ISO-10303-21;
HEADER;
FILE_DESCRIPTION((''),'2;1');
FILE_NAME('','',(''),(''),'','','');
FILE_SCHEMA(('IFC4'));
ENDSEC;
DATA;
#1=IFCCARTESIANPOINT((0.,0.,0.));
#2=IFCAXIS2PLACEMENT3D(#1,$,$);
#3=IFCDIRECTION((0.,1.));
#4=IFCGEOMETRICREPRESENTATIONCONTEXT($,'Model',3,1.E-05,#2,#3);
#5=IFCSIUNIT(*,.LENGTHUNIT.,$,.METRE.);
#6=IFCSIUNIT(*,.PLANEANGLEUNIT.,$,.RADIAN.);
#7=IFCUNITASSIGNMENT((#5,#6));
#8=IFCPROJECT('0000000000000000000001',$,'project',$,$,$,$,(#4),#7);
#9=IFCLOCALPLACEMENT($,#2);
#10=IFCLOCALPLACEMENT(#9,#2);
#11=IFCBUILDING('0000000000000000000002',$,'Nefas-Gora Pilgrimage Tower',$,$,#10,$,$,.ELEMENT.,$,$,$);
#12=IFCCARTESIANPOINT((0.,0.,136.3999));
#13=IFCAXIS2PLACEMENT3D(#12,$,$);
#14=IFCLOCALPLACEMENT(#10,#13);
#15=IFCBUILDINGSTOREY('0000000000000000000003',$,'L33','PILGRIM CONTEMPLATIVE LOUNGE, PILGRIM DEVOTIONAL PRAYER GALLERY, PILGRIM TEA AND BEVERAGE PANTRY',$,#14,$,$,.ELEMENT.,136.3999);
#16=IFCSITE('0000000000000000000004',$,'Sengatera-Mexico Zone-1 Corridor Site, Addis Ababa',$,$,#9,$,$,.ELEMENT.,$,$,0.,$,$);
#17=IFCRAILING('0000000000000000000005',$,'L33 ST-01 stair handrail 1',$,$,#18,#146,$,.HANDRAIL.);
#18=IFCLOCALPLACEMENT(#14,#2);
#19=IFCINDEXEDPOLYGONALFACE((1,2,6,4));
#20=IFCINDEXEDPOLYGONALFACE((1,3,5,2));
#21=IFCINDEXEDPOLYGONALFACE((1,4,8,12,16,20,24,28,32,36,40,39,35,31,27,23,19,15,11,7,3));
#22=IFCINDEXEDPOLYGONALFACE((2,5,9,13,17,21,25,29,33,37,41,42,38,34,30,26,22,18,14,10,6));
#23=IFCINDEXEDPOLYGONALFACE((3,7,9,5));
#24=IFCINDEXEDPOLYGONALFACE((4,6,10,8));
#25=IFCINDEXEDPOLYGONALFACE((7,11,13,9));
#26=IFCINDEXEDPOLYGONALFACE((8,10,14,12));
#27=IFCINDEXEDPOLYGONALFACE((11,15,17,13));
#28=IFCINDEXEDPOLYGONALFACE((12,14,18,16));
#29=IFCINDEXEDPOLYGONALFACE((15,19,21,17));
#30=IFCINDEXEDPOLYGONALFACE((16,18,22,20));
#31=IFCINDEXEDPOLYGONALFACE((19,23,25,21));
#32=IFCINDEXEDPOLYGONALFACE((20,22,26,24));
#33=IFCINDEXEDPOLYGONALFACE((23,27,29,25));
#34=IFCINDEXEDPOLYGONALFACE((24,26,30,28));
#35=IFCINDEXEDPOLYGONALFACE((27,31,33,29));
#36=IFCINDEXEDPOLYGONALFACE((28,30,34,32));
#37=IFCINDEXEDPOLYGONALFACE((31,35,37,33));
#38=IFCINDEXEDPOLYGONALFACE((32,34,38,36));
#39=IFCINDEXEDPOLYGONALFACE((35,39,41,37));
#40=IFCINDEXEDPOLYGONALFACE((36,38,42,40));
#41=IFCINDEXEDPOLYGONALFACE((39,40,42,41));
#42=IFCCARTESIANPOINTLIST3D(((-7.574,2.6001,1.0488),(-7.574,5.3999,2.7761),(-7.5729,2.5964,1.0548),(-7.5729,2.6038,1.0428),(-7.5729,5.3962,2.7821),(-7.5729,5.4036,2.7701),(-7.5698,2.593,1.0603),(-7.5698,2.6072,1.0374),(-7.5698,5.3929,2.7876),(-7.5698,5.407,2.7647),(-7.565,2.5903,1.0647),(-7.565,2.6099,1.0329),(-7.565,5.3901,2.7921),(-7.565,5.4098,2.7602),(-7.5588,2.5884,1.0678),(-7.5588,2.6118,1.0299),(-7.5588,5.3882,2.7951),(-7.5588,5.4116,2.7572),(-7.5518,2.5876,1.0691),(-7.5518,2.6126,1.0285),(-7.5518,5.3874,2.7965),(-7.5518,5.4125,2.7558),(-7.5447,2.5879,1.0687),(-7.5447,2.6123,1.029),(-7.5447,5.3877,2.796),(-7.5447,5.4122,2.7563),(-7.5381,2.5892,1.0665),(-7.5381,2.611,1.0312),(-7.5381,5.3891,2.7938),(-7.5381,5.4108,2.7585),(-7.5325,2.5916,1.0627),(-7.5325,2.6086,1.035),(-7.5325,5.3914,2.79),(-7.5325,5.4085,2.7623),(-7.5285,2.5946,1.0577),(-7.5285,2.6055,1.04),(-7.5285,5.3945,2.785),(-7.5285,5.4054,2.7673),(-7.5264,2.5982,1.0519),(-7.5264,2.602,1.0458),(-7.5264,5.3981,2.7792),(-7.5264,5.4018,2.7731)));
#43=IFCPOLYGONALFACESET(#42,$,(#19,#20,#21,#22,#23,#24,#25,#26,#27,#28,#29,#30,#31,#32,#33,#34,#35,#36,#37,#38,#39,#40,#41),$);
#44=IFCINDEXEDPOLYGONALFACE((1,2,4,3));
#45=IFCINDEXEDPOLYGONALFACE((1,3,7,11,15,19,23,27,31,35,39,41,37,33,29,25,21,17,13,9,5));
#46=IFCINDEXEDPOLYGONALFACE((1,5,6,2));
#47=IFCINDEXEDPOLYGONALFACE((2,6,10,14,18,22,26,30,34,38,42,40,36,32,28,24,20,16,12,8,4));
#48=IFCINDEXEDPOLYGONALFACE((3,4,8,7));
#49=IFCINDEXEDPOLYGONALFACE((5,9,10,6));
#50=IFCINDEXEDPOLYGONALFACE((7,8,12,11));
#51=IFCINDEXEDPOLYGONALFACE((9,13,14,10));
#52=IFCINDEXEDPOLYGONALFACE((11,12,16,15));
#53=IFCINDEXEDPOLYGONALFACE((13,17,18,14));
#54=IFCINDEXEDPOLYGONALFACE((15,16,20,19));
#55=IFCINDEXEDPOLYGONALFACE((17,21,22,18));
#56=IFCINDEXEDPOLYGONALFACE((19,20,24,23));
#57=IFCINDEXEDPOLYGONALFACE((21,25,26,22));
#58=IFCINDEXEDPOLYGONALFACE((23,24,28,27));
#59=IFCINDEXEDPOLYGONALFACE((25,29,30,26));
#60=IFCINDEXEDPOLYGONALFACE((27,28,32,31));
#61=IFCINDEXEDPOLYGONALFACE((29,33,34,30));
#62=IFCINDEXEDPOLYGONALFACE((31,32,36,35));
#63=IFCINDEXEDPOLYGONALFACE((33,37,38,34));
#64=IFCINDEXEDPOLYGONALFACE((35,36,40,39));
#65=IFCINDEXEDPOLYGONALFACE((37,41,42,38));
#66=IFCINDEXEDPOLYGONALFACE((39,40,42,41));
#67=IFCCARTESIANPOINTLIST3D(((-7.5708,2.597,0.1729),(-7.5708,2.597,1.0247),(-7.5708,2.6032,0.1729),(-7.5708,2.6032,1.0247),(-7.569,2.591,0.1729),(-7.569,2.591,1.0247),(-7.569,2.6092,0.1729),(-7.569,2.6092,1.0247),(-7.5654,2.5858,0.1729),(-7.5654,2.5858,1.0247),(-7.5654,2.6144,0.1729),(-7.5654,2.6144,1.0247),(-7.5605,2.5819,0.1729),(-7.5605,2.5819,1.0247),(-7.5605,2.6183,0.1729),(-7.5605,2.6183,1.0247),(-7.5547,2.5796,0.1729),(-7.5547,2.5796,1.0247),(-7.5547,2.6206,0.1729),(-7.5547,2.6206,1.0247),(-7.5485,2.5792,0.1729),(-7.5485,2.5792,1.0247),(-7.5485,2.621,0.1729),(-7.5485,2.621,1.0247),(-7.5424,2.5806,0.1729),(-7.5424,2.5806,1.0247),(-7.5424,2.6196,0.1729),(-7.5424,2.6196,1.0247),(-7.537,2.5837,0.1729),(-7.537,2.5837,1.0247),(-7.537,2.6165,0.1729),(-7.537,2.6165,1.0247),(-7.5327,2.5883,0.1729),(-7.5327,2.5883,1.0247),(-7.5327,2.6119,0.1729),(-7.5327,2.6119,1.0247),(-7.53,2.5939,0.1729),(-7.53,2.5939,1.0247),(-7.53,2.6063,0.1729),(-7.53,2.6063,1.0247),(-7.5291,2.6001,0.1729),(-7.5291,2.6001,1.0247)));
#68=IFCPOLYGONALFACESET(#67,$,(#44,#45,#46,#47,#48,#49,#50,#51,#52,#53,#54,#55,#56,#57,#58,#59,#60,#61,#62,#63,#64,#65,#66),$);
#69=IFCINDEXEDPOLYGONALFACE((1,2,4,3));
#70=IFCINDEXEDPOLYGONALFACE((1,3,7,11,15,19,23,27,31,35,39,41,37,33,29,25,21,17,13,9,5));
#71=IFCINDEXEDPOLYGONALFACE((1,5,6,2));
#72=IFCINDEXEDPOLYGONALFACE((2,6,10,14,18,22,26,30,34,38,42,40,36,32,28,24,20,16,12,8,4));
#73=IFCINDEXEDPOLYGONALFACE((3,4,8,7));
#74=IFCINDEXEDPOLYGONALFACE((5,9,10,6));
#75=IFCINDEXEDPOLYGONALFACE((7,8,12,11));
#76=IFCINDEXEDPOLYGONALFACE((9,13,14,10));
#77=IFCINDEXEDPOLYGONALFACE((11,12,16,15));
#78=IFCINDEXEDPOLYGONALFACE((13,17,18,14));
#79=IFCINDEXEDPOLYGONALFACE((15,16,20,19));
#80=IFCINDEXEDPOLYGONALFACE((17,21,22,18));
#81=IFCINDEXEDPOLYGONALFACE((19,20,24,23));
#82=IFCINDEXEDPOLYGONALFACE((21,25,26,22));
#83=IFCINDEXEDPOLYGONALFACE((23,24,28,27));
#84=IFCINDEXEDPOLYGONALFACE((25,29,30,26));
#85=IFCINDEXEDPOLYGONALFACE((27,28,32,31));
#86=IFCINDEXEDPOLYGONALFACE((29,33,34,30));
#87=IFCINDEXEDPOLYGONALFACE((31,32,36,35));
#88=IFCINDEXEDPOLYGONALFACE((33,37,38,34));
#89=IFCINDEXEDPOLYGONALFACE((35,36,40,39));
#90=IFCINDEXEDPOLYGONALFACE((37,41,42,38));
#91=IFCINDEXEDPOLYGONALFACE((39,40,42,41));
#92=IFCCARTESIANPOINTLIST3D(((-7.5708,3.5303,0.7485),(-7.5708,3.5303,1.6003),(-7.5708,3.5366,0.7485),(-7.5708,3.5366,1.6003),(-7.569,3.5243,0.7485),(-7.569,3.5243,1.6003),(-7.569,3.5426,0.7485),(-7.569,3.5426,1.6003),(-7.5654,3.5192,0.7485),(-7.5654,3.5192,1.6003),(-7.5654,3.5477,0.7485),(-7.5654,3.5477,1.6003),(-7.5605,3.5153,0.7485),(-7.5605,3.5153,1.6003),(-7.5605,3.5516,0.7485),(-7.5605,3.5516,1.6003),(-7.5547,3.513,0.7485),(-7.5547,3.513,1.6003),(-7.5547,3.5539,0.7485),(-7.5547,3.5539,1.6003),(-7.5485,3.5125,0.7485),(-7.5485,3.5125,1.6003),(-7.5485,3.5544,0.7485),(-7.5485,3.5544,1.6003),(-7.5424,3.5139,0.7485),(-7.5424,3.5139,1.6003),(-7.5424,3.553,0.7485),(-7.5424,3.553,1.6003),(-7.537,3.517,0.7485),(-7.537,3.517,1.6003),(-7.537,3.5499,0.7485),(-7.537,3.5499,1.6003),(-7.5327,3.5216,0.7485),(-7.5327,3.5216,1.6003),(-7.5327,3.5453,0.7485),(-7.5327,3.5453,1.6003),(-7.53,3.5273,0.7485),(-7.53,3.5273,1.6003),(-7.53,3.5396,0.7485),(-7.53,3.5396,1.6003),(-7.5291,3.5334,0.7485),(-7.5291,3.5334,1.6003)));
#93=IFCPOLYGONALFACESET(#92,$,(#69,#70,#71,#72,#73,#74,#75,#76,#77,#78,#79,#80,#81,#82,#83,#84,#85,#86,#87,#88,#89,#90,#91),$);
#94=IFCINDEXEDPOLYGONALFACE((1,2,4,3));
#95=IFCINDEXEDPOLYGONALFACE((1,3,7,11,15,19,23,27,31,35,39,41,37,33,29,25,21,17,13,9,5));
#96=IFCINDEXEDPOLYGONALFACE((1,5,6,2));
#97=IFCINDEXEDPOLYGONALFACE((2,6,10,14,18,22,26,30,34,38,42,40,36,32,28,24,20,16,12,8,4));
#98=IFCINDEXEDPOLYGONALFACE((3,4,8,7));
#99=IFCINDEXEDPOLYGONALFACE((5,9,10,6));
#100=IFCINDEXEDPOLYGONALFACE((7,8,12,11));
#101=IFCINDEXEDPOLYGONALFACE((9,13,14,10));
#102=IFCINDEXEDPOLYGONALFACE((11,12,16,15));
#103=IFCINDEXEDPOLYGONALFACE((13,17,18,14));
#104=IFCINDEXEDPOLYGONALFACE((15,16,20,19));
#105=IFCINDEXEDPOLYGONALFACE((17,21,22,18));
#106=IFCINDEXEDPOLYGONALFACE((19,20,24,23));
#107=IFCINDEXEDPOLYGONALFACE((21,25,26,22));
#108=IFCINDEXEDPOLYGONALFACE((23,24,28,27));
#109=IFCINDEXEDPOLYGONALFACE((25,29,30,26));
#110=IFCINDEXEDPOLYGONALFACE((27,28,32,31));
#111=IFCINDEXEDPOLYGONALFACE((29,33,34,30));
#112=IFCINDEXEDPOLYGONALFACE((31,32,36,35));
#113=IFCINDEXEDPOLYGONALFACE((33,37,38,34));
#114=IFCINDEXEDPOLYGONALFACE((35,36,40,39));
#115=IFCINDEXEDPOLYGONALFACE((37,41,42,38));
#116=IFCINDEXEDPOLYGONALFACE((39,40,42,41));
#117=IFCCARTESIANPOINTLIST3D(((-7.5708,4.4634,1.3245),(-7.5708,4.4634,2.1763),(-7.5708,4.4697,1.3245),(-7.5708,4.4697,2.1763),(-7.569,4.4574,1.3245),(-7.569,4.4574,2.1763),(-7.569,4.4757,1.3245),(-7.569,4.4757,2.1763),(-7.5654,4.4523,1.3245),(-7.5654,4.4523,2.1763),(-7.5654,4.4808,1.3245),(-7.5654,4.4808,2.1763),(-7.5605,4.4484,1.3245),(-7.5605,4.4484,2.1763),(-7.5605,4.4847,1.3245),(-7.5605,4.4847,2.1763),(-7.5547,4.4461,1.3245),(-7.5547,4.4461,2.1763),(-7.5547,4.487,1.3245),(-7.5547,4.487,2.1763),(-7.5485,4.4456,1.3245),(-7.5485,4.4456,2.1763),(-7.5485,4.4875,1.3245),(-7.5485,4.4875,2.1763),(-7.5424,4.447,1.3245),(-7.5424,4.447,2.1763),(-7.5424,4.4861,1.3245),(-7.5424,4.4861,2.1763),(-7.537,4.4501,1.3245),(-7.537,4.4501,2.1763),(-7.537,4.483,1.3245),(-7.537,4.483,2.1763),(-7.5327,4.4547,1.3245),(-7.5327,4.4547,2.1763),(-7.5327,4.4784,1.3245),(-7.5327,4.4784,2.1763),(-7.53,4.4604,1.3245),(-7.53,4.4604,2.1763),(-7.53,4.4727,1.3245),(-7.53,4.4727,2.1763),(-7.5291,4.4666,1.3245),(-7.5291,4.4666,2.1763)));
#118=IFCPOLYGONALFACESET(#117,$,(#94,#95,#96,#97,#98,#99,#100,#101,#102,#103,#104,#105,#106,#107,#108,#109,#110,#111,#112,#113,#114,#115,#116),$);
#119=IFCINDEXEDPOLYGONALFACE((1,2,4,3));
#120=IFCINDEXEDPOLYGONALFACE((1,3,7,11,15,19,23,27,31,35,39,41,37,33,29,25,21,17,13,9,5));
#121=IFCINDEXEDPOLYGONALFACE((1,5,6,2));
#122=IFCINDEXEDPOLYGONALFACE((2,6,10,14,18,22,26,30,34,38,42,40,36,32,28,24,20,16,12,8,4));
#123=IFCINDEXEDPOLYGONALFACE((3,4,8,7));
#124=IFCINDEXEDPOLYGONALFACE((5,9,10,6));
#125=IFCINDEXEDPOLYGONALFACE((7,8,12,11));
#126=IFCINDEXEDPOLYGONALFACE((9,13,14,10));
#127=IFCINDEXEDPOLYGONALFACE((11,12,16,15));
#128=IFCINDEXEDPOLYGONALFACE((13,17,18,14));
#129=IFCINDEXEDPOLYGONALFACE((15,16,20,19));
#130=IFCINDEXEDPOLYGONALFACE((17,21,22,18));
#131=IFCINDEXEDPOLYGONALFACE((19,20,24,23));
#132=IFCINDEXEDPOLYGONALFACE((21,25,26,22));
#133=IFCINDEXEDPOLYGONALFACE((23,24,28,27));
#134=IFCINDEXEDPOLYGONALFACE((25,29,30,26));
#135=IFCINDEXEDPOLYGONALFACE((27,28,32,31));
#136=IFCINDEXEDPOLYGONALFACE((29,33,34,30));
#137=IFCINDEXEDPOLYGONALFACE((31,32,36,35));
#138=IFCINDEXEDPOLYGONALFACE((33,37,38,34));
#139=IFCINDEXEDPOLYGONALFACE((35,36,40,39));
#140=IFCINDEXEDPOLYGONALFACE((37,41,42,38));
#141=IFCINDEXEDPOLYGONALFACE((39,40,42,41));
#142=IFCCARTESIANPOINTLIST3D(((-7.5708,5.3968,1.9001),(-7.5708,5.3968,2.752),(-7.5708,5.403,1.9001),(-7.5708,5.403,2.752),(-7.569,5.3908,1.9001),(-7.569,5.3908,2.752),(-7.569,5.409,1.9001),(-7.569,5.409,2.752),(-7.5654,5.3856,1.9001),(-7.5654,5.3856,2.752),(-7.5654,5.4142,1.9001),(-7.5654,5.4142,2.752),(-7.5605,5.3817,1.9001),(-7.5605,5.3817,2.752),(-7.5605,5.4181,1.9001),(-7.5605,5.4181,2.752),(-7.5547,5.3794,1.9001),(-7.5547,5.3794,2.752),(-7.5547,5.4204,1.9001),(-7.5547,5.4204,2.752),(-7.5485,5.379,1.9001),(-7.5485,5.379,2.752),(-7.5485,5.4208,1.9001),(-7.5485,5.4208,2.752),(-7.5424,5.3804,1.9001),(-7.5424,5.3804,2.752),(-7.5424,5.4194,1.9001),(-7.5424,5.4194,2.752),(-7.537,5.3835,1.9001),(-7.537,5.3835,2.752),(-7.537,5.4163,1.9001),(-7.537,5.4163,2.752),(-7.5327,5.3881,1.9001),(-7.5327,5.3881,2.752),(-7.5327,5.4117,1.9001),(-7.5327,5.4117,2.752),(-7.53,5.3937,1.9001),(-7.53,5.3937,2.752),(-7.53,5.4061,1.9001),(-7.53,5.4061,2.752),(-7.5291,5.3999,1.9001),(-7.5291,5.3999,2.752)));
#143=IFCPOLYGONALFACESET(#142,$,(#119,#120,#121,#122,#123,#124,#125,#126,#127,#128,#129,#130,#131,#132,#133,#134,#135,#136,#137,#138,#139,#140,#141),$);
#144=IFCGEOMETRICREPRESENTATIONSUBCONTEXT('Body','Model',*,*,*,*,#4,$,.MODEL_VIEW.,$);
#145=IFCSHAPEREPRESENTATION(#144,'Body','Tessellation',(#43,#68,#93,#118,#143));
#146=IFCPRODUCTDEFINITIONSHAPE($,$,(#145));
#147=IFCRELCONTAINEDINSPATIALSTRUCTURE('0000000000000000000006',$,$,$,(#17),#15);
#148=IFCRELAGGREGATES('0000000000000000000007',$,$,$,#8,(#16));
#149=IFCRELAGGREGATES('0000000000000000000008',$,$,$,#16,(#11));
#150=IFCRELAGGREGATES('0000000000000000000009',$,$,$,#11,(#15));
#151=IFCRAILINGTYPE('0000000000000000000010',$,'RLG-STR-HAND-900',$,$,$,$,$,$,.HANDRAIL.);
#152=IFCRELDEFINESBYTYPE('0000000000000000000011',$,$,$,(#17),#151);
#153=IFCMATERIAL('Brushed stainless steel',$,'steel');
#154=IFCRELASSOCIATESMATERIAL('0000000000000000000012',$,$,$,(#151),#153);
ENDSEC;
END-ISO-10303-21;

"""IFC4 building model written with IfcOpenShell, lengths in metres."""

from ifc_helpers import new_model, si_unit, direction, frame, origin, origin_2d, place, context, subcontext, project, spatial, circle, extrude, material, type_object, element, save


model = new_model("IFC4")

# Units and contexts
model_context = context("Model", 3, precision=1e-05, world=origin(), true_north=direction((0.0, 1.0)))
body_context = subcontext(model_context, "Body", "Model", "MODEL_VIEW")
ifc_project = project(units=[si_unit("LENGTHUNIT", "METRE"), si_unit("PLANEANGLEUNIT", "RADIAN")], contexts=[model_context])

# Site, building, storey
site_placement = place(None, origin())
site = spatial("IfcSite", under=ifc_project, at=site_placement, Name="Sengatera-Mexico Zone-1 Corridor Site, Addis Ababa", CompositionType="ELEMENT", RefElevation=0.0)
building_placement = place(site_placement, origin())
building = spatial("IfcBuilding", under=site, at=building_placement, Name="Nefas-Gora Pilgrimage Tower", CompositionType="ELEMENT")
storey_placement = place(building_placement, frame((0.0, 0.0, 136.3999)))
storey = spatial("IfcBuildingStorey", under=building, at=storey_placement, Name="L33", Description="PILGRIM CONTEMPLATIVE LOUNGE, PILGRIM DEVOTIONAL PRAYER GALLERY, PILGRIM TEA AND BEVERAGE PANTRY", CompositionType="ELEMENT", Elevation=136.3999)

# Railing
ifc_material_1 = material(Name="Brushed stainless steel", Category="steel")
railing_type_1 = type_object("IfcRailingType", Name="RLG-STR-HAND-900", PredefinedType="HANDRAIL", material=ifc_material_1)
railing_1_placement = place(storey_placement, frame((-7.55, 2.6001, 0.1729)))
element("IfcRailing", 1, at=railing_1_placement, inside=storey, type_object=railing_type_1, Name="L33 ST-01 stair handrail 1", PredefinedType="HANDRAIL", context=body_context, shape_type="SweptSolid", body=[
    extrude(circle(Radius=0.0239, at=origin_2d()), frame((0.0, 0.0, 0.876), z_axis=(0.0, 0.851069, 0.525054), x_axis=(-1.0, 0.0, 0.0)), (0.0, 0.0, 1.0), 3.2898),
    extrude(circle(Radius=0.021, at=origin_2d()), origin(), (0.0, 0.0, 1.0), 0.8518),
    extrude(circle(Radius=0.021, at=origin_2d()), frame((0.0, 0.9333, 0.5757)), (0.0, 0.0, 1.0), 0.8518),
    extrude(circle(Radius=0.021, at=origin_2d()), frame((0.0, 1.8665, 1.1516)), (0.0, 0.0, 1.0), 0.8518),
    extrude(circle(Radius=0.021, at=origin_2d()), frame((0.0, 2.7998, 1.7273)), (0.0, 0.0, 1.0), 0.8518),
])

save(model, "model.ifc")
